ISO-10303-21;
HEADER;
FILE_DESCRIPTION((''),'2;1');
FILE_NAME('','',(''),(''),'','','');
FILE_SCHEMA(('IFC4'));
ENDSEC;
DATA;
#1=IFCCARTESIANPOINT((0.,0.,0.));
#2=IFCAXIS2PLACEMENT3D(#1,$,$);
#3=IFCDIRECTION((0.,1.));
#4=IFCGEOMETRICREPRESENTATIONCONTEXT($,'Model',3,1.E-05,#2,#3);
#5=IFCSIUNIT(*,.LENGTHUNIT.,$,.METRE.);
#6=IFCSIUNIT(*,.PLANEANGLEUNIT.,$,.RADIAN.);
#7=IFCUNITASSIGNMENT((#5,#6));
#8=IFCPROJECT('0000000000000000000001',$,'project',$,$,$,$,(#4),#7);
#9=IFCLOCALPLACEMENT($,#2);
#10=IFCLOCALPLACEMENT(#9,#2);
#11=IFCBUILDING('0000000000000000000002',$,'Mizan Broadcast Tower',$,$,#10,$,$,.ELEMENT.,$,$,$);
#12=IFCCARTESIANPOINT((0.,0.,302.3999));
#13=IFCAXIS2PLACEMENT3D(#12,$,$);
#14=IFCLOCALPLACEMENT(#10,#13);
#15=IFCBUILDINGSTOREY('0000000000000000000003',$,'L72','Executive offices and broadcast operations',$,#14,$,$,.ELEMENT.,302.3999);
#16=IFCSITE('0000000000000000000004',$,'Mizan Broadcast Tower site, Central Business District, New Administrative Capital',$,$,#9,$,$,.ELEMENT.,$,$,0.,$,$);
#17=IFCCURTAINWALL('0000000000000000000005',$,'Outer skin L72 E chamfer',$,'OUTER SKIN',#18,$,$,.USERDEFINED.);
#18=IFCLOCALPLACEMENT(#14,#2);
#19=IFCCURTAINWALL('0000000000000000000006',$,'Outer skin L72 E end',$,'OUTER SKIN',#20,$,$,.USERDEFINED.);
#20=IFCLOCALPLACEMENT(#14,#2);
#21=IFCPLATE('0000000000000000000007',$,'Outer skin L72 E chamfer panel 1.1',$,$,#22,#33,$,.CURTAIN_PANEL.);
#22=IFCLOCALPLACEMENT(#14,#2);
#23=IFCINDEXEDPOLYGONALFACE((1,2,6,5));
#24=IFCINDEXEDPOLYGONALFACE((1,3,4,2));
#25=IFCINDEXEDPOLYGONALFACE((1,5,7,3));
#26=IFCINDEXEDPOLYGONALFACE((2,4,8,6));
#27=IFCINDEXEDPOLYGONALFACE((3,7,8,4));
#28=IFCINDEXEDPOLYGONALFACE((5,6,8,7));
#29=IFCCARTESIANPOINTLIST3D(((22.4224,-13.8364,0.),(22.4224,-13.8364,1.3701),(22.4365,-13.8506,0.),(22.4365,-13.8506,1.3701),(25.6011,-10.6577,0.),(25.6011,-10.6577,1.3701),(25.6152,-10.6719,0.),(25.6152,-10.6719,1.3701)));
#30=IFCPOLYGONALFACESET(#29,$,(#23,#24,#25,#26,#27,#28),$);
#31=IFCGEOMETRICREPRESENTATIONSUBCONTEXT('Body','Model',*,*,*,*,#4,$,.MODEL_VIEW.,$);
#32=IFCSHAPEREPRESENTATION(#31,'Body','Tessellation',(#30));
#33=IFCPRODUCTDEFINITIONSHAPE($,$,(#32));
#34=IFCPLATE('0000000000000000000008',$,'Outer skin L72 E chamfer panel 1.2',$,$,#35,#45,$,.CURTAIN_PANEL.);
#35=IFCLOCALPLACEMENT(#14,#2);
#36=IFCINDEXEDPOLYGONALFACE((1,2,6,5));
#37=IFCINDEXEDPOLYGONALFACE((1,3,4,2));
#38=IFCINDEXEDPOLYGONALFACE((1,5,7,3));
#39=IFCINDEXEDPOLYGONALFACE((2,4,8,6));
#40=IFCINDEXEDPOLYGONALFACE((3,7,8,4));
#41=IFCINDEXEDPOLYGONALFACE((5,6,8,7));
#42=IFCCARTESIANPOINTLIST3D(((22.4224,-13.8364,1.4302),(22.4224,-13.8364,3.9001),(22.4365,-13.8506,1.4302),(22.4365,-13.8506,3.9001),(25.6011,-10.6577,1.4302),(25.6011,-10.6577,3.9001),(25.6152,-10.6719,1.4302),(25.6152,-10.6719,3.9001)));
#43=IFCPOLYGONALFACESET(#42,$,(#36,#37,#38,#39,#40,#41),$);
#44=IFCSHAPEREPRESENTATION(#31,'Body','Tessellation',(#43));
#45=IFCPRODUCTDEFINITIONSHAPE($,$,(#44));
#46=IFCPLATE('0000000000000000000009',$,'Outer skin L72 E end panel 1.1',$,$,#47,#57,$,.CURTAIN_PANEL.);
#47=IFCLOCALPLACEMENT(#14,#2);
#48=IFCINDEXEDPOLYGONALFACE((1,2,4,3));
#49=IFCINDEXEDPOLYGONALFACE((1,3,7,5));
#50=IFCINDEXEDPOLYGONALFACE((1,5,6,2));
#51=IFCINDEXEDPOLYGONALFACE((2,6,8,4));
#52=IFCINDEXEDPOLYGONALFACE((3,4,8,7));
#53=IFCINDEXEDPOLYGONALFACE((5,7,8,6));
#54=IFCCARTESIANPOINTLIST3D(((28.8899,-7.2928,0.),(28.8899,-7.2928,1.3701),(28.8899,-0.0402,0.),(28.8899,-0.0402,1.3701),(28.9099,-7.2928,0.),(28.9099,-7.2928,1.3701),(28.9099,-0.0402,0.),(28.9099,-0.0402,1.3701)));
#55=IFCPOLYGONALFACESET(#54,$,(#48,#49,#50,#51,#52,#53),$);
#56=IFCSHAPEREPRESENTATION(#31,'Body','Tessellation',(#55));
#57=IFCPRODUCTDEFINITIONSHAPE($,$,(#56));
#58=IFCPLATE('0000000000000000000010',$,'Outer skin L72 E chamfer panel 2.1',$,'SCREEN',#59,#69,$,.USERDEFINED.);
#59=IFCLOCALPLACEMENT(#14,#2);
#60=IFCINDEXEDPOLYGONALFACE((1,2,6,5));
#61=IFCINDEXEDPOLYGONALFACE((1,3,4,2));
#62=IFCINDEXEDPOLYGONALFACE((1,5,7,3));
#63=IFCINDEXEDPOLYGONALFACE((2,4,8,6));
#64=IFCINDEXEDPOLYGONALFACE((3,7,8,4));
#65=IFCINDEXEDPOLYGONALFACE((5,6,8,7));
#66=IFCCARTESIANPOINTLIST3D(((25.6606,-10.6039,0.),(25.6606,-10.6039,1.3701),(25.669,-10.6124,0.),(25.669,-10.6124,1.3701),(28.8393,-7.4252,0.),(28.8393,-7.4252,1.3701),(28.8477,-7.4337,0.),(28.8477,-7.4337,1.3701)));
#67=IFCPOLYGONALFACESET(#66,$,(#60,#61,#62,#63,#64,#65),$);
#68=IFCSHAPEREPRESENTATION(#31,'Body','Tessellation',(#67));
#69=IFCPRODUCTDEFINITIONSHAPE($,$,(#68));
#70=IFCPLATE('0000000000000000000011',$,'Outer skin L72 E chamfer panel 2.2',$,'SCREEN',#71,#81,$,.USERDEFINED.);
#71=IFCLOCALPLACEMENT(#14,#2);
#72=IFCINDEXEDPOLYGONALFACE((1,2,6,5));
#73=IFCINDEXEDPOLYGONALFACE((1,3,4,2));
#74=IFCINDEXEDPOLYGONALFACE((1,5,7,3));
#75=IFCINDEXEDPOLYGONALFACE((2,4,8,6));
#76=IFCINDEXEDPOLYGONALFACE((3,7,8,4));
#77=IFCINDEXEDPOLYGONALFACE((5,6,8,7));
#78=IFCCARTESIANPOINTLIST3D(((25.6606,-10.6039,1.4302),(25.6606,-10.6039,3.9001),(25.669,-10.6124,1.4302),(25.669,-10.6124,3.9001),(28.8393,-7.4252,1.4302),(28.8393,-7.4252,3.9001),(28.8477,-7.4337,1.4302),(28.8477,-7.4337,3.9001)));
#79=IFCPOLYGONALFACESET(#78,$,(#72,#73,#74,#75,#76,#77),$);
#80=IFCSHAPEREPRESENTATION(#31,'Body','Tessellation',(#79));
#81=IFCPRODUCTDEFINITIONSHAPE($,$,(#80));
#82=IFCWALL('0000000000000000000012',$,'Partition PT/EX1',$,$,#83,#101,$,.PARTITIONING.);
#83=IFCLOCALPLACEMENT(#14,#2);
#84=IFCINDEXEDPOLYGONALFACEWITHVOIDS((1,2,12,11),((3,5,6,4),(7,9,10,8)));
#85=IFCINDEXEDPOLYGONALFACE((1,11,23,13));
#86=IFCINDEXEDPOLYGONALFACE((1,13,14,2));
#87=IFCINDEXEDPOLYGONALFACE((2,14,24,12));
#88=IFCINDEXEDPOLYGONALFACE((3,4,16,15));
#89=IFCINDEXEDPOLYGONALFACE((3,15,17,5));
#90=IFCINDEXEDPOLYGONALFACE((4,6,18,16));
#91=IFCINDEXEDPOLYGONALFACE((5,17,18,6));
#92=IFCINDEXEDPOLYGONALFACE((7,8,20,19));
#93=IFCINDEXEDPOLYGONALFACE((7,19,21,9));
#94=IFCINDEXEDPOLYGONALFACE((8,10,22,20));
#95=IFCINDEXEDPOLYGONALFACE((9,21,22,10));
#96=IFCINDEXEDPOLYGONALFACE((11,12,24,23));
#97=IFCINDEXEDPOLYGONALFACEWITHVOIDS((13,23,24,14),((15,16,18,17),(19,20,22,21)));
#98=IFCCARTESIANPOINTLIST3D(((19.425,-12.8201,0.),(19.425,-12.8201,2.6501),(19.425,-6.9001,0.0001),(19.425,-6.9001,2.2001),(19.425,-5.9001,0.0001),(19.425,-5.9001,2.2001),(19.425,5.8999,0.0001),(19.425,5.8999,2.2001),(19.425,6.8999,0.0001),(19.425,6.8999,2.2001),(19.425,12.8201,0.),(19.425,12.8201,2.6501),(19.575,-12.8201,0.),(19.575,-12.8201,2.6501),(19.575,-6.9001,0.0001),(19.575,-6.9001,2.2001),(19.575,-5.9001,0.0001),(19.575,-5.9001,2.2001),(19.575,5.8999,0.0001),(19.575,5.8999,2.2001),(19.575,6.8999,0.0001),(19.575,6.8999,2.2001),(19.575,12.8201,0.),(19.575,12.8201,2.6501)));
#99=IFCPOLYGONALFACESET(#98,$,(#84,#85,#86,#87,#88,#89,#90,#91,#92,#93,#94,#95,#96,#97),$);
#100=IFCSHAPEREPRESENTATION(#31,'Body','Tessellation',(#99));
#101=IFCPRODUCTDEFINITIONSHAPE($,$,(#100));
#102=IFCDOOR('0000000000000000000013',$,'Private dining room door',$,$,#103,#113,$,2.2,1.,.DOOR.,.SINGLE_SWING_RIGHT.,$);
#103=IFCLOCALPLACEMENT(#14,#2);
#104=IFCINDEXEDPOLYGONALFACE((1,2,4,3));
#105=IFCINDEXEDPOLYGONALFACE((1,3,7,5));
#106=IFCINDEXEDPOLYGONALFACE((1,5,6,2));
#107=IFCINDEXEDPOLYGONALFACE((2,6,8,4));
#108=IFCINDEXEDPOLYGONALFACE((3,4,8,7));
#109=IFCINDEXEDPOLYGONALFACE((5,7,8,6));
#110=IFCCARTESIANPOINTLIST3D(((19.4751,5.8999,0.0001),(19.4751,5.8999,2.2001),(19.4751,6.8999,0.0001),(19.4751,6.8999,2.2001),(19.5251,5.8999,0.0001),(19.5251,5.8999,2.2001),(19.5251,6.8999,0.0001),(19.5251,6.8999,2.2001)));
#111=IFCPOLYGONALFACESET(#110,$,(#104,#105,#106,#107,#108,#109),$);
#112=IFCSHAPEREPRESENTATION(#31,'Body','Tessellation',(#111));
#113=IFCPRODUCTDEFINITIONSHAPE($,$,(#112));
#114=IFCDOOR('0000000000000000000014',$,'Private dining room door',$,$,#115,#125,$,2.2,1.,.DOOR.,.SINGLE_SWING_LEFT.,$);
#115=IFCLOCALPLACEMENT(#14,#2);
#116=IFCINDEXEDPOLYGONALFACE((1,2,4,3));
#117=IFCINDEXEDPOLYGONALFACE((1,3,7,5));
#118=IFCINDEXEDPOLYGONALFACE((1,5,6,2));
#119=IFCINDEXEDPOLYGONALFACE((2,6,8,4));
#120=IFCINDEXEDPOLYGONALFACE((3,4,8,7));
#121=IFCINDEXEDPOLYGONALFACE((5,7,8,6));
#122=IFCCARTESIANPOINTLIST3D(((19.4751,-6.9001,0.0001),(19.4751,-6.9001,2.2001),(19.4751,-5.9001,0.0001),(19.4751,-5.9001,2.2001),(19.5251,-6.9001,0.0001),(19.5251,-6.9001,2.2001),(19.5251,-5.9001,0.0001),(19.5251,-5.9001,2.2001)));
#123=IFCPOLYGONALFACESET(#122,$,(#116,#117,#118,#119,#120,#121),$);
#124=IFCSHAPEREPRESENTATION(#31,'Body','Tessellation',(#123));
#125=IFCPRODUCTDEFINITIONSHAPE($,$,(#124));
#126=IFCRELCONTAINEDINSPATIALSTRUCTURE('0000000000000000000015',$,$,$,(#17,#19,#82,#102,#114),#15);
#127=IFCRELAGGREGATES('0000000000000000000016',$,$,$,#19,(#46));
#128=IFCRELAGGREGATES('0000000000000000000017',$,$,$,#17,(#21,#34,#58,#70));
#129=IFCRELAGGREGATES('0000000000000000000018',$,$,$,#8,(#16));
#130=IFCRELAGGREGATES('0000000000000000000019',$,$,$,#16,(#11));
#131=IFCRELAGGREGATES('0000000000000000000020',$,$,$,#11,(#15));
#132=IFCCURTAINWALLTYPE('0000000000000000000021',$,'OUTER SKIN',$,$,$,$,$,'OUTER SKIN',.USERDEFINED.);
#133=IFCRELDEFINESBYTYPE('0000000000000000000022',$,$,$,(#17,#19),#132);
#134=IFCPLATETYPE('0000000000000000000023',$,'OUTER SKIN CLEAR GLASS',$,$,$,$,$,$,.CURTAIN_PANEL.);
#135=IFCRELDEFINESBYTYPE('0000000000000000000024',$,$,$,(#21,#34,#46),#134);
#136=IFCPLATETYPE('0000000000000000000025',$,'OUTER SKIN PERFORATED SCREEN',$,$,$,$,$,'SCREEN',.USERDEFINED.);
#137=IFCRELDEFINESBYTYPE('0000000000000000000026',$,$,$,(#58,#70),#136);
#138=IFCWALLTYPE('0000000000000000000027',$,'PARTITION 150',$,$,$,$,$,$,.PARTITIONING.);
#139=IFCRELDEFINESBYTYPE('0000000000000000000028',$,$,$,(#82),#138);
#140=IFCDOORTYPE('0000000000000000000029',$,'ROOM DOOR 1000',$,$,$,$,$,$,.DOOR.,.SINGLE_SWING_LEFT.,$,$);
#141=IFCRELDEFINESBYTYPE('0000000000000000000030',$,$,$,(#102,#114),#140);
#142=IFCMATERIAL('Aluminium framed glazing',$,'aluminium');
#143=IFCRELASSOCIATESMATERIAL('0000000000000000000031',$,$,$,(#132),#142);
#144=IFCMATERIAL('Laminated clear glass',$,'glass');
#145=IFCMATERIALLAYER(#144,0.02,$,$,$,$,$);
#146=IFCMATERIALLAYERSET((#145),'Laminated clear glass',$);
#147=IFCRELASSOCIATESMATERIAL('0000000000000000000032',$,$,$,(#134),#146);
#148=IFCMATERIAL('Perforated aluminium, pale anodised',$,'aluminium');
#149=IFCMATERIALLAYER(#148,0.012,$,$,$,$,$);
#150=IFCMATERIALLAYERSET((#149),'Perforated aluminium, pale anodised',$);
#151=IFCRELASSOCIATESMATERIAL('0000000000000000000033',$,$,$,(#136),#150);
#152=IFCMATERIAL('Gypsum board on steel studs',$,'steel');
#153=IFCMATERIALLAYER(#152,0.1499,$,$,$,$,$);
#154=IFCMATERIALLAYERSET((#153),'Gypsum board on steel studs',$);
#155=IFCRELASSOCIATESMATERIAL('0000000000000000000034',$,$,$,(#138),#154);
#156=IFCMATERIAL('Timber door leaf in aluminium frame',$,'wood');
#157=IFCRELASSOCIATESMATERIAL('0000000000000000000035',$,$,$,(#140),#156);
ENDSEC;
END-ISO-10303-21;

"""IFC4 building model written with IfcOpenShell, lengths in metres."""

from ifc_helpers import new_model, si_unit, direction, frame, frame_2d, origin, origin_2d, place, context, subcontext, project, spatial, rectangle, extrude, material, layer, layer_set, type_object, element, fill, aggregate, save


model = new_model("IFC4")

# Units and contexts
model_context = context("Model", 3, precision=1e-05, world=origin(), true_north=direction((0.0, 1.0)))
body_context = subcontext(model_context, "Body", "Model", "MODEL_VIEW")
ifc_project = project(units=[si_unit("LENGTHUNIT", "METRE"), si_unit("PLANEANGLEUNIT", "RADIAN")], contexts=[model_context])

# Site, building, storey
site_placement = place(None, origin())
site = spatial("IfcSite", under=ifc_project, at=site_placement, Name="Mizan Broadcast Tower site, Central Business District, New Administrative Capital", CompositionType="ELEMENT", RefElevation=0.0)
building_placement = place(site_placement, origin())
building = spatial("IfcBuilding", under=site, at=building_placement, Name="Mizan Broadcast Tower", CompositionType="ELEMENT")
storey_placement = place(building_placement, frame((0.0, 0.0, 302.3999)))
storey = spatial("IfcBuildingStorey", under=building, at=storey_placement, Name="L72", Description="Executive offices and broadcast operations", CompositionType="ELEMENT", Elevation=302.3999)

# Curtain wall
ifc_material_1 = material(Name="Aluminium framed glazing", Category="aluminium")
curtain_wall_type_1 = type_object("IfcCurtainWallType", Name="OUTER SKIN", ElementType="OUTER SKIN", PredefinedType="USERDEFINED", material=ifc_material_1)
curtain_wall_1_placement = place(storey_placement, origin())
curtain_wall_1 = element("IfcCurtainWall", 1, at=curtain_wall_1_placement, inside=storey, type_object=curtain_wall_type_1, Name="Outer skin L72 E chamfer", ObjectType="OUTER SKIN", PredefinedType="USERDEFINED")

# Curtain wall
curtain_wall_2_placement = place(storey_placement, origin())
curtain_wall_2 = element("IfcCurtainWall", 2, at=curtain_wall_2_placement, inside=storey, type_object=curtain_wall_type_1, Name="Outer skin L72 E end", ObjectType="OUTER SKIN", PredefinedType="USERDEFINED")

# Plates
ifc_material_2 = material(Name="Laminated clear glass", Category="glass")
ifc_layer_1 = layer(ifc_material_2, 0.02)
ifc_layer_set_1 = layer_set([ifc_layer_1], Name="Laminated clear glass")
plate_type_1 = type_object("IfcPlateType", Name="OUTER SKIN CLEAR GLASS", PredefinedType="CURTAIN_PANEL", material=ifc_layer_set_1)
plate_1_placement = place(storey_placement, frame((24.0188, -12.2542, 0.0), z_axis=(0.0, 0.0, 1.0), x_axis=(0.707107, 0.707107, 0.0)))
plate_1 = element("IfcPlate", 3, at=plate_1_placement, type_object=plate_type_1, Name="Outer skin L72 E chamfer panel 1.1", PredefinedType="CURTAIN_PANEL", context=body_context, shape_type="SweptSolid", body=[
    extrude(rectangle(XDim=4.4954, YDim=0.02, at=origin_2d()), origin(), (0.0, 0.0, 1.0), 1.3701),
])
plate_2_placement = place(storey_placement, frame((24.0188, -12.2542, 1.4302), z_axis=(0.0, 0.0, 1.0), x_axis=(0.707107, 0.707107, 0.0)))
plate_2 = element("IfcPlate", 4, at=plate_2_placement, type_object=plate_type_1, Name="Outer skin L72 E chamfer panel 1.2", PredefinedType="CURTAIN_PANEL", context=body_context, shape_type="SweptSolid", body=[
    extrude(rectangle(XDim=4.4954, YDim=0.02, at=origin_2d()), origin(), (0.0, 0.0, 1.0), 2.47),
])
plate_3_placement = place(storey_placement, frame((28.8999, -3.6665, 0.0), z_axis=(0.0, 0.0, 1.0), x_axis=(0.0, 1.0, 0.0)))
plate_3 = element("IfcPlate", 5, at=plate_3_placement, type_object=plate_type_1, Name="Outer skin L72 E end panel 1.1", PredefinedType="CURTAIN_PANEL", context=body_context, shape_type="SweptSolid", body=[
    extrude(rectangle(XDim=7.2527, YDim=0.02, at=origin_2d()), origin(), (0.0, 0.0, 1.0), 1.3701),
])
aggregate(curtain_wall_2, [plate_3])
ifc_material_3 = material(Name="Perforated aluminium, pale anodised", Category="aluminium")
ifc_layer_2 = layer(ifc_material_3, 0.012)
ifc_layer_set_2 = layer_set([ifc_layer_2], Name="Perforated aluminium, pale anodised")
plate_type_2 = type_object("IfcPlateType", Name="OUTER SKIN PERFORATED SCREEN", ElementType="SCREEN", PredefinedType="USERDEFINED", material=ifc_layer_set_2)
plate_4_placement = place(storey_placement, frame((27.2542, -9.0188, 0.0), z_axis=(0.0, 0.0, 1.0), x_axis=(0.707107, 0.707107, 0.0)))
plate_4 = element("IfcPlate", 6, at=plate_4_placement, type_object=plate_type_2, Name="Outer skin L72 E chamfer panel 2.1", ObjectType="SCREEN", PredefinedType="USERDEFINED", context=body_context, shape_type="SweptSolid", body=[
    extrude(rectangle(XDim=4.4954, YDim=0.012, at=origin_2d()), origin(), (0.0, 0.0, 1.0), 1.3701),
])
plate_5_placement = place(storey_placement, frame((27.2542, -9.0188, 1.4302), z_axis=(0.0, 0.0, 1.0), x_axis=(0.707107, 0.707107, 0.0)))
plate_5 = element("IfcPlate", 7, at=plate_5_placement, type_object=plate_type_2, Name="Outer skin L72 E chamfer panel 2.2", ObjectType="SCREEN", PredefinedType="USERDEFINED", context=body_context, shape_type="SweptSolid", body=[
    extrude(rectangle(XDim=4.4954, YDim=0.012, at=origin_2d()), origin(), (0.0, 0.0, 1.0), 2.47),
])
aggregate(curtain_wall_1, [plate_1, plate_2, plate_4, plate_5])

# Wall, openings, doors
ifc_material_4 = material(Name="Gypsum board on steel studs", Category="steel")
ifc_layer_3 = layer(ifc_material_4, 0.1499)
ifc_layer_set_3 = layer_set([ifc_layer_3], Name="Gypsum board on steel studs")
wall_type = type_object("IfcWallType", Name="PARTITION 150", PredefinedType="PARTITIONING", material=ifc_layer_set_3)
wall_placement = place(storey_placement, frame((19.5, -12.8201, 0.0), z_axis=(0.0, 0.0, 1.0), x_axis=(0.0, 1.0, 0.0)))
wall = element("IfcWall", 8, at=wall_placement, inside=storey, type_object=wall_type, Name="Partition PT/EX1", PredefinedType="PARTITIONING", context=body_context, shape_type="SweptSolid", body=[
    extrude(rectangle(XDim=25.6401, YDim=0.1499, at=frame_2d((12.8201, 0.0))), origin(), (0.0, 0.0, 1.0), 2.6501),
])
opening_1_placement = place(wall_placement, frame((18.72, 0.0, 0.0)))
opening_1 = element("IfcOpeningElement", 9, at=opening_1_placement, cuts=wall, PredefinedType="OPENING", context=body_context, shape_type="SweptSolid", body=[
    extrude(rectangle(XDim=1.0, YDim=2.2, at=frame_2d((0.5, 1.1001))), frame((0.0, 0.085, 0.0), z_axis=(0.0, -1.0, 0.0), x_axis=(1.0, 0.0, 0.0)), (0.0, 0.0, 1.0), 0.1699),
])
opening_2_placement = place(wall_placement, frame((5.9199, 0.0, 0.0)))
opening_2 = element("IfcOpeningElement", 10, at=opening_2_placement, cuts=wall, PredefinedType="OPENING", context=body_context, shape_type="SweptSolid", body=[
    extrude(rectangle(XDim=1.0, YDim=2.2, at=frame_2d((0.5, 1.1001))), frame((0.0, 0.085, 0.0), z_axis=(0.0, -1.0, 0.0), x_axis=(1.0, 0.0, 0.0)), (0.0, 0.0, 1.0), 0.1699),
])
ifc_material_5 = material(Name="Timber door leaf in aluminium frame", Category="wood")
door_type = type_object("IfcDoorType", Name="ROOM DOOR 1000", OperationType="SINGLE_SWING_LEFT", PredefinedType="DOOR", material=ifc_material_5)
door_1_placement = place(opening_1_placement, origin())
door_1 = element("IfcDoor", 11, at=door_1_placement, inside=storey, type_object=door_type, Name="Private dining room door", OperationType="SINGLE_SWING_RIGHT", OverallHeight=2.2, OverallWidth=1.0, PredefinedType="DOOR", context=body_context, shape_type="SweptSolid", body=[
    extrude(rectangle(XDim=1.0, YDim=2.2, at=frame_2d((0.5, 1.1001))), frame((0.0, 0.0249, 0.0), z_axis=(0.0, -1.0, 0.0), x_axis=(1.0, 0.0, 0.0)), (0.0, 0.0, 1.0), 0.05),
])
fill(opening_1, door_1)
door_2_placement = place(opening_2_placement, origin())
door_2 = element("IfcDoor", 12, at=door_2_placement, inside=storey, type_object=door_type, Name="Private dining room door", OperationType="SINGLE_SWING_LEFT", OverallHeight=2.2, OverallWidth=1.0, PredefinedType="DOOR", context=body_context, shape_type="SweptSolid", body=[
    extrude(rectangle(XDim=1.0, YDim=2.2, at=frame_2d((0.5, 1.1001))), frame((0.0, 0.0249, 0.0), z_axis=(0.0, -1.0, 0.0), x_axis=(1.0, 0.0, 0.0)), (0.0, 0.0, 1.0), 0.05),
])
fill(opening_2, door_2)

save(model, "model.ifc")
